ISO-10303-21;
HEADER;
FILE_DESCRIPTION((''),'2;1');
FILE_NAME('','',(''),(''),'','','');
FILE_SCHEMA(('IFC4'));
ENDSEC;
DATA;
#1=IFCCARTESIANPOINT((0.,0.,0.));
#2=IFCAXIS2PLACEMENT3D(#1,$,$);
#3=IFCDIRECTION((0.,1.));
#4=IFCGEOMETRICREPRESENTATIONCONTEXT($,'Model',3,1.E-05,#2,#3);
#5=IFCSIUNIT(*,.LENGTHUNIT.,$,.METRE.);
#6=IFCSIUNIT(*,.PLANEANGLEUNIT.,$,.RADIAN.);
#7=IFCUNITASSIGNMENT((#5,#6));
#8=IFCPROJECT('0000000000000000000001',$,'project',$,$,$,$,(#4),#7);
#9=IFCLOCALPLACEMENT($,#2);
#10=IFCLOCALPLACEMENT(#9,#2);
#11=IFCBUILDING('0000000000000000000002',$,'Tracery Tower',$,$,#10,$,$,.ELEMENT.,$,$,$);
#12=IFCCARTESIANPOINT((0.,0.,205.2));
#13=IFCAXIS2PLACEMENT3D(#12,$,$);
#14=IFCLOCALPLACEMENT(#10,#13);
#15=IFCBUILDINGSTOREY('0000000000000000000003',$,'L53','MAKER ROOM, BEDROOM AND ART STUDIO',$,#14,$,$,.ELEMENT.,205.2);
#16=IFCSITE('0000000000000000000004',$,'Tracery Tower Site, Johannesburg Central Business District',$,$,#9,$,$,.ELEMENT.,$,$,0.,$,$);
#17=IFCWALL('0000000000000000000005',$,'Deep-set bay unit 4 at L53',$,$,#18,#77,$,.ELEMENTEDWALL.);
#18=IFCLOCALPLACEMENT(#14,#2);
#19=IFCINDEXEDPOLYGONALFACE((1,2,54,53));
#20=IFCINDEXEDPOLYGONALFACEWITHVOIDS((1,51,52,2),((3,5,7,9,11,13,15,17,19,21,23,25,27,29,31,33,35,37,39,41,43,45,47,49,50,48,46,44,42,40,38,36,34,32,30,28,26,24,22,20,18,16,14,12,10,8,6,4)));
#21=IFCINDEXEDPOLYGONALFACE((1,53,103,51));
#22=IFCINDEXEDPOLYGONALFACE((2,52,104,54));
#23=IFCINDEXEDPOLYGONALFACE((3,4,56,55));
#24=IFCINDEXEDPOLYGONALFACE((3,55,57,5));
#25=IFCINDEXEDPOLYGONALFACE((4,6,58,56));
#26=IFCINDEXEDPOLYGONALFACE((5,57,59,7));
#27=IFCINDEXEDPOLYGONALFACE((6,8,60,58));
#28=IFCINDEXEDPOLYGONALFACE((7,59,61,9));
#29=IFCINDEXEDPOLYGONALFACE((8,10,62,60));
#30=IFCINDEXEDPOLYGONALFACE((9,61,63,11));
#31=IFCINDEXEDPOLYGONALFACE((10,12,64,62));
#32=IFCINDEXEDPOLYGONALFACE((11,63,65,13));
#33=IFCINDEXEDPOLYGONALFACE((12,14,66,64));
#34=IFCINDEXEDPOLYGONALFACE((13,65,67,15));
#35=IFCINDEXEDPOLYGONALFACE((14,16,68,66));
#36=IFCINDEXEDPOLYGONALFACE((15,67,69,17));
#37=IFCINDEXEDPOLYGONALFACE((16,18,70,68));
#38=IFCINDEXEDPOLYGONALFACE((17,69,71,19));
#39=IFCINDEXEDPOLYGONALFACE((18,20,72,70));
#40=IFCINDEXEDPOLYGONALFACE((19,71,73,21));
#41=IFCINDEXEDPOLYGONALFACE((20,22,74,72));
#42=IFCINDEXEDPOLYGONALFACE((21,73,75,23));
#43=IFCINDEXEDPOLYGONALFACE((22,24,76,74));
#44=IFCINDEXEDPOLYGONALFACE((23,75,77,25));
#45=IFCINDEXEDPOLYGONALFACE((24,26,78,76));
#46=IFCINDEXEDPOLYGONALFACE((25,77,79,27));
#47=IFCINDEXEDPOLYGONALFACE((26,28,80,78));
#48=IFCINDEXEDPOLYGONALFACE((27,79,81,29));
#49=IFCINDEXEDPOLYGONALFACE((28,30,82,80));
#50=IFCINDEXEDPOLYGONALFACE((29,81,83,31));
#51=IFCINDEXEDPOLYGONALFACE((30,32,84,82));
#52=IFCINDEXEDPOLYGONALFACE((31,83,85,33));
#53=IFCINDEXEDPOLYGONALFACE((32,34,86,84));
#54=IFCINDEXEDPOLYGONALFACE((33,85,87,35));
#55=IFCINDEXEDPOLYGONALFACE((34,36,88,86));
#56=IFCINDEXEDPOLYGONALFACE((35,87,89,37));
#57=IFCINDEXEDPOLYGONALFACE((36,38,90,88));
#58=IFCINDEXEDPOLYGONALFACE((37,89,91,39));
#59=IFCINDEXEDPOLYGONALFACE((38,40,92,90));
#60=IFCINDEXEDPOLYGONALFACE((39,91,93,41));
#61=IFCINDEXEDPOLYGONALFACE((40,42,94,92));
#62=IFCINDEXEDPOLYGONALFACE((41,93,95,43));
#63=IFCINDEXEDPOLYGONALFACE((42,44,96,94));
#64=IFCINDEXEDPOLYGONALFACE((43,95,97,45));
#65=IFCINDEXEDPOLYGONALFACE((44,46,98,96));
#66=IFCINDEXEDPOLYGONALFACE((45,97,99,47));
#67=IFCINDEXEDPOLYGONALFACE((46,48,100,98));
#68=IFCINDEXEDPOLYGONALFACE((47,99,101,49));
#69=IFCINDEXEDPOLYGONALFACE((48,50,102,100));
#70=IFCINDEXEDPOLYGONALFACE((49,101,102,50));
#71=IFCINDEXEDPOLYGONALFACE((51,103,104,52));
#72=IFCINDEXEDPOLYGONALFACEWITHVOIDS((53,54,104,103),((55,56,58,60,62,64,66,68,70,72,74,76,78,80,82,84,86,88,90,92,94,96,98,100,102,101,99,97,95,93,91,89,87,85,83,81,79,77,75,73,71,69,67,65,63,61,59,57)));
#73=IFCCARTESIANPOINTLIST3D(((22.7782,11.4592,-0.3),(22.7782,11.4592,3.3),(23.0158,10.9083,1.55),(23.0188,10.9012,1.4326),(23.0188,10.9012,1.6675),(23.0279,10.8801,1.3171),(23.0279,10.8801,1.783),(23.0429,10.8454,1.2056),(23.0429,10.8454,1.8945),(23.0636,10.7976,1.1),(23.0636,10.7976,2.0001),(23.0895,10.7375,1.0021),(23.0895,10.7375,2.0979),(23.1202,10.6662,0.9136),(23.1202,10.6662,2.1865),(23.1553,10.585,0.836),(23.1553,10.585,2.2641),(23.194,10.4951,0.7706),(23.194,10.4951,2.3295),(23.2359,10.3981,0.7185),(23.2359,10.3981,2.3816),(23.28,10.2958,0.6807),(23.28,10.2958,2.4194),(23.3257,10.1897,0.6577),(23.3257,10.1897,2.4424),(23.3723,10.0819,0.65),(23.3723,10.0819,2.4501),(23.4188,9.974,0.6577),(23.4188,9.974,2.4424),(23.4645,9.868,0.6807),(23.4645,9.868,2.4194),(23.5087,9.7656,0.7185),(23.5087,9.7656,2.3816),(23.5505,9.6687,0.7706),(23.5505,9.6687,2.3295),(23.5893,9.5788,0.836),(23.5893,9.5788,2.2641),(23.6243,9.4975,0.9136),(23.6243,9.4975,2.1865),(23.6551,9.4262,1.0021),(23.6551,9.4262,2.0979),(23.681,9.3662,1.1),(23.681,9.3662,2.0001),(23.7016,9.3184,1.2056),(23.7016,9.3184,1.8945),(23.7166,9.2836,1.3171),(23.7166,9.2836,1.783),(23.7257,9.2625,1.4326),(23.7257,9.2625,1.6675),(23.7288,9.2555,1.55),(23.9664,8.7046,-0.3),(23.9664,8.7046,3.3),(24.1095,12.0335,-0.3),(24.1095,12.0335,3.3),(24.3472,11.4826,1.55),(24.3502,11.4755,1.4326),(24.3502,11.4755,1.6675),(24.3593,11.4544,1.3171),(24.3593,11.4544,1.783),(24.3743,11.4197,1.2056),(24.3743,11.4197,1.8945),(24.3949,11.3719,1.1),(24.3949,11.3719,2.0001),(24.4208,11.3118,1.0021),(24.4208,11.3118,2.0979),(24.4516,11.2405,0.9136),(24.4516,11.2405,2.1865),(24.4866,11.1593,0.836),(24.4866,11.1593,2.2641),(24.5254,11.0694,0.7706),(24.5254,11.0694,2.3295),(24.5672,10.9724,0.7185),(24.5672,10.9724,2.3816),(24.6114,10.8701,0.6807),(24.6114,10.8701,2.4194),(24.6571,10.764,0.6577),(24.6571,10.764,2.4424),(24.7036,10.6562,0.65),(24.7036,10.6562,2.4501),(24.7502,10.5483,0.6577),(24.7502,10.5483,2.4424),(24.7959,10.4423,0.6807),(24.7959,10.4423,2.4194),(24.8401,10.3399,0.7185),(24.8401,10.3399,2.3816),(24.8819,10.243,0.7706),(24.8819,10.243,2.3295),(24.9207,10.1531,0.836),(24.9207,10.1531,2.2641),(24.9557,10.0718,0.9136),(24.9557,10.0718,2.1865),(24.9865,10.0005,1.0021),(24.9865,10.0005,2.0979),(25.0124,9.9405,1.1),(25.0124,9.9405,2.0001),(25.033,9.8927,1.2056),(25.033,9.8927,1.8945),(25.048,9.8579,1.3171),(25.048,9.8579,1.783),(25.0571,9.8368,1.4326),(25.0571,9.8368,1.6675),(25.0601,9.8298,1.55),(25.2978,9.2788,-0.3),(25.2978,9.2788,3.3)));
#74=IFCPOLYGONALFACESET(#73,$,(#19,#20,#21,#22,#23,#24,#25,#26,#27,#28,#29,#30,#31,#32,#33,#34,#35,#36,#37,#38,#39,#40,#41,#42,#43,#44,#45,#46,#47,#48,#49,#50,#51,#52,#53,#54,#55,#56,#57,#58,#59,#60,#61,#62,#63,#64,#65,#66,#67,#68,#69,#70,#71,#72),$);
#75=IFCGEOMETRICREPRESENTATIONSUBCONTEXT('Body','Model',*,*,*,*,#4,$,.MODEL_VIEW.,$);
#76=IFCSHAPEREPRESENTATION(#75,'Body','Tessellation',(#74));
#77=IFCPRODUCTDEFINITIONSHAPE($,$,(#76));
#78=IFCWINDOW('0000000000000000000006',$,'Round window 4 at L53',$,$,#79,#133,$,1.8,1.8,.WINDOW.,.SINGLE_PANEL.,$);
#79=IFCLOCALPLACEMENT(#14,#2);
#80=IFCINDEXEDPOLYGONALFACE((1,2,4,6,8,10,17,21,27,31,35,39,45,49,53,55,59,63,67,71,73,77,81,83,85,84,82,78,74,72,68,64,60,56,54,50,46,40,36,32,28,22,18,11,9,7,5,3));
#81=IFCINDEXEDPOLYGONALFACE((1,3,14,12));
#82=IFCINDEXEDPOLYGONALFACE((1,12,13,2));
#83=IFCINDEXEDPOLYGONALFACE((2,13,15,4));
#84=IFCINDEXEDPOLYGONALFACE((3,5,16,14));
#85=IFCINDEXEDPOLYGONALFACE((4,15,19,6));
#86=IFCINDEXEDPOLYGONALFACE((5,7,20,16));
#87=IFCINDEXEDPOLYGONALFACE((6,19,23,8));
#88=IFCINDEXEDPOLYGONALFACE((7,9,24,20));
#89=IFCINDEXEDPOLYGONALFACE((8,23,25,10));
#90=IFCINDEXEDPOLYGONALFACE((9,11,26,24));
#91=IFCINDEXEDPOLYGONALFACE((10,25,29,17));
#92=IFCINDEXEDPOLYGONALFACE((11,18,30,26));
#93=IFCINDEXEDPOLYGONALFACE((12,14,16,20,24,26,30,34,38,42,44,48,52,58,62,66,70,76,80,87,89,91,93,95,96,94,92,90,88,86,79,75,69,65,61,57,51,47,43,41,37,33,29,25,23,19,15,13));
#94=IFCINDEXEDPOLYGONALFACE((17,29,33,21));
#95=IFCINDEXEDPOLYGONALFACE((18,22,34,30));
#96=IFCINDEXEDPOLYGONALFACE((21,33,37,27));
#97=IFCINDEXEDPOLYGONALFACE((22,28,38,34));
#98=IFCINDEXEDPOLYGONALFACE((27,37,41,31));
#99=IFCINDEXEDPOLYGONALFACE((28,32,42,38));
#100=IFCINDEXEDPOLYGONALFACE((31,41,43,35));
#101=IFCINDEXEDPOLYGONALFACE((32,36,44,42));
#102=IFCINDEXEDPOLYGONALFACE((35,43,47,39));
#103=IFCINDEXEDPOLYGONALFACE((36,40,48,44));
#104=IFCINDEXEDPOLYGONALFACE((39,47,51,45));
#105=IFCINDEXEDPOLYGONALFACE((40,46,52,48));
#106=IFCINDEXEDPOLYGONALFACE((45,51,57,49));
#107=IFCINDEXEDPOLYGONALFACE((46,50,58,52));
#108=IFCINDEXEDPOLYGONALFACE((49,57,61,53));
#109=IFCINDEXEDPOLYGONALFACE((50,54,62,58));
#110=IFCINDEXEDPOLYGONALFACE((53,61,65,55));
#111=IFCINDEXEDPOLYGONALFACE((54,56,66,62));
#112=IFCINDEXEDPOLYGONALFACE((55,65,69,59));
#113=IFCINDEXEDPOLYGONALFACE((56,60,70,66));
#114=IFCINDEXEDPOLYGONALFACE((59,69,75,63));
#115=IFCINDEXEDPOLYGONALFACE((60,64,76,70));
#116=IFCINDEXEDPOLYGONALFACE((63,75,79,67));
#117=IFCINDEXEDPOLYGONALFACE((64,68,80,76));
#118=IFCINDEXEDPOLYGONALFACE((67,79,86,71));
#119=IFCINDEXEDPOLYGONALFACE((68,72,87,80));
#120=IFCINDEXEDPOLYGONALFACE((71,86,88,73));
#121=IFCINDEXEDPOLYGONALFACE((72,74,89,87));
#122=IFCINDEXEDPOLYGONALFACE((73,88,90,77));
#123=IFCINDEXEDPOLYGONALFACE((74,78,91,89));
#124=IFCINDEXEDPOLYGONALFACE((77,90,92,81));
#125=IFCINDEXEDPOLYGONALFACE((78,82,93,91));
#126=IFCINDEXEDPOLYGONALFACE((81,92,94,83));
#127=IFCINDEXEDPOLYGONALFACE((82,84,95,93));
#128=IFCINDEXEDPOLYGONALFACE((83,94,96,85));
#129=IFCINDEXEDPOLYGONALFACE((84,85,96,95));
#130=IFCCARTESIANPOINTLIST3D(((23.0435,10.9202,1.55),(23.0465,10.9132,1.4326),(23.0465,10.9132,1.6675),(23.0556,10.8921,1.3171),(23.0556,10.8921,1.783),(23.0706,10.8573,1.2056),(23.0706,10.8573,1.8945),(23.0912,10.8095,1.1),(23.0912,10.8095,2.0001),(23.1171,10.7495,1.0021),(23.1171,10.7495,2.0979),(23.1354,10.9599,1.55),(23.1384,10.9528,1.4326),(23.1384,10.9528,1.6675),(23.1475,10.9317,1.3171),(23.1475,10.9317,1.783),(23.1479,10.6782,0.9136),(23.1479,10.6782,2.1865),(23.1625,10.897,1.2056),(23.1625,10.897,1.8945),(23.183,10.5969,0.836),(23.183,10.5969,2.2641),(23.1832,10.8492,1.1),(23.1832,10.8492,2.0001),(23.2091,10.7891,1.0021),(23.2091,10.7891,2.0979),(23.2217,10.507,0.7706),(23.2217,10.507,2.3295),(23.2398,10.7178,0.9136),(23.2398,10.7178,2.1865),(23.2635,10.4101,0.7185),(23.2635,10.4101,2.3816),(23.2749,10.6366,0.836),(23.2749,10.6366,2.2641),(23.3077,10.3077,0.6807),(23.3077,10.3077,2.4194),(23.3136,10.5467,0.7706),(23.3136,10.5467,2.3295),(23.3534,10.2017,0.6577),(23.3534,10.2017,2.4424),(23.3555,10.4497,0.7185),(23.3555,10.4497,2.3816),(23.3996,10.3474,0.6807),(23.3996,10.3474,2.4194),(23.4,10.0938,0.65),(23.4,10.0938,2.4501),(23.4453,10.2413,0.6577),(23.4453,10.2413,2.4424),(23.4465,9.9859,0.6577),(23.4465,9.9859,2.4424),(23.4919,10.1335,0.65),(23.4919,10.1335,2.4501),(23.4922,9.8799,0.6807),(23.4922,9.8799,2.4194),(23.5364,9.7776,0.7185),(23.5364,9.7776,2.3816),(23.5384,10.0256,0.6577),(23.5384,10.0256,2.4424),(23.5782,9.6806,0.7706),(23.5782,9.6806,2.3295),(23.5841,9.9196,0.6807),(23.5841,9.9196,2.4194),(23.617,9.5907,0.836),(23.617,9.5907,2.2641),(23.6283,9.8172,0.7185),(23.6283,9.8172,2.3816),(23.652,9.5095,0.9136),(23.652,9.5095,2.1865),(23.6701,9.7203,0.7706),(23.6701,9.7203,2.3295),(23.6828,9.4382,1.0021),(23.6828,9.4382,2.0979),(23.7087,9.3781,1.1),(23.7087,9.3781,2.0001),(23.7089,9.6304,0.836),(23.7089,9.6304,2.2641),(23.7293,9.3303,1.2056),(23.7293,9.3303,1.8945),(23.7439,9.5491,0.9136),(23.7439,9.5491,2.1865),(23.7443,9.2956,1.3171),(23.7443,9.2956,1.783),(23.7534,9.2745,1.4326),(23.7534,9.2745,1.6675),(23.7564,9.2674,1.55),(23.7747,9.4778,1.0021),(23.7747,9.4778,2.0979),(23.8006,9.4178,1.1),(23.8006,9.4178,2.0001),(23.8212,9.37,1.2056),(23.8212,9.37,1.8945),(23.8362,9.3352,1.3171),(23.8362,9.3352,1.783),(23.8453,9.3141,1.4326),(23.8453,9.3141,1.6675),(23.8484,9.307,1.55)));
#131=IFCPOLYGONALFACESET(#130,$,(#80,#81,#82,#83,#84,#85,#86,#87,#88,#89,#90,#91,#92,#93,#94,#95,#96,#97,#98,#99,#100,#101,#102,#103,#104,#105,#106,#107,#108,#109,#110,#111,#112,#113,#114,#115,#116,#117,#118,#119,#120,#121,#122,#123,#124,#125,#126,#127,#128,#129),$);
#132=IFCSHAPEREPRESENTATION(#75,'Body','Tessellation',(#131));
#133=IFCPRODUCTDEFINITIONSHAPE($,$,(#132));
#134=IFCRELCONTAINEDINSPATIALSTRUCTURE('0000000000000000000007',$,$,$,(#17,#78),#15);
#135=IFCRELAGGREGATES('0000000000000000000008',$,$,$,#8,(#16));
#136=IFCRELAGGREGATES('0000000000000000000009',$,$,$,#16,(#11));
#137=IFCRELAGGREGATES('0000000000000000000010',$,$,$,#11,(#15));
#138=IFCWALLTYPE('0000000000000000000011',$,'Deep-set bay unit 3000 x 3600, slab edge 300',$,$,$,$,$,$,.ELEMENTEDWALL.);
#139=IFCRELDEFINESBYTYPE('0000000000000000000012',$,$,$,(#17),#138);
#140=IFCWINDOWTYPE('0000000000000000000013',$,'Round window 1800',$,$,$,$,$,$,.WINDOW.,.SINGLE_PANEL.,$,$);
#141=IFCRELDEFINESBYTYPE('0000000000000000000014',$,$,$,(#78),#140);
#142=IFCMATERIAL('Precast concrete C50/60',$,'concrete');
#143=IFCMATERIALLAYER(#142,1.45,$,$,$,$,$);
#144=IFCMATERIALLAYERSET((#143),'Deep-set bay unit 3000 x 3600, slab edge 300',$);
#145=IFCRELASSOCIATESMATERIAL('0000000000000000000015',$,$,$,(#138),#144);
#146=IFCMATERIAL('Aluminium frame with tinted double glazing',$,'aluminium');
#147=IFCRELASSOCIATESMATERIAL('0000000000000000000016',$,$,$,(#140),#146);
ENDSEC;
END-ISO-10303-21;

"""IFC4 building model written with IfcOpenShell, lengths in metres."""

from ifc_helpers import new_model, si_unit, direction, frame, frame_2d, origin, origin_2d, place, context, subcontext, project, spatial, rectangle, circle, extrude, material, layer, layer_set, type_object, element, fill, save


model = new_model("IFC4")

# Units and contexts
model_context = context("Model", 3, precision=1e-05, world=origin(), true_north=direction((0.0, 1.0)))
body_context = subcontext(model_context, "Body", "Model", "MODEL_VIEW")
ifc_project = project(units=[si_unit("LENGTHUNIT", "METRE"), si_unit("PLANEANGLEUNIT", "RADIAN")], contexts=[model_context])

# Site, building, storey
site_placement = place(None, origin())
site = spatial("IfcSite", under=ifc_project, at=site_placement, Name="Tracery Tower Site, Johannesburg Central Business District", CompositionType="ELEMENT", RefElevation=0.0)
building_placement = place(site_placement, origin())
building = spatial("IfcBuilding", under=site, at=building_placement, Name="Tracery Tower", CompositionType="ELEMENT")
storey_placement = place(building_placement, frame((0.0, 0.0, 205.2)))
storey = spatial("IfcBuildingStorey", under=building, at=storey_placement, Name="L53", Description="MAKER ROOM, BEDROOM AND ART STUDIO", CompositionType="ELEMENT", Elevation=205.2)

# Wall, opening, window
ifc_material_1 = material(Name="Precast concrete C50/60", Category="concrete")
ifc_layer_1 = layer(ifc_material_1, 1.45)
ifc_layer_set_1 = layer_set([ifc_layer_1], Name="Deep-set bay unit 3000 x 3600, slab edge 300")
wall_type_1 = type_object("IfcWallType", Name="Deep-set bay unit 3000 x 3600, slab edge 300", PredefinedType="ELEMENTEDWALL", material=ifc_layer_set_1)
ifc_material_2 = material(Name="Aluminium frame with tinted double glazing", Category="aluminium")
window_type = type_object("IfcWindowType", Name="Round window 1800", PartitioningType="SINGLE_PANEL", PredefinedType="WINDOW", material=ifc_material_2)
wall_1_placement = place(storey_placement, frame((24.6321, 8.9917, -0.3), z_axis=(0.0, 0.0, 1.0), x_axis=(-0.396079, 0.918216, 0.0)))
wall_1 = element("IfcWall", 1, at=wall_1_placement, inside=storey, type_object=wall_type_1, Name="Deep-set bay unit 4 at L53", PredefinedType="ELEMENTEDWALL", context=body_context, shape_type="SweptSolid", body=[
    extrude(rectangle(XDim=3.0, YDim=1.45, at=frame_2d((1.5, 0.0))), origin(), (0.0, 0.0, 1.0), 3.6001),
])
opening_1_placement = place(wall_1_placement, frame((1.5, 0.0, 1.8501)))
opening_1 = element("IfcOpeningElement", 2, at=opening_1_placement, cuts=wall_1, PredefinedType="OPENING", context=body_context, shape_type="SweptSolid", body=[
    extrude(circle(Radius=0.9, at=origin_2d()), frame((0.0, 0.7349, 0.0), z_axis=(0.0, -1.0, 0.0), x_axis=(1.0, 0.0, 0.0)), (0.0, 0.0, 1.0), 1.47),
])
window_1_placement = place(opening_1_placement, origin())
window_1 = element("IfcWindow", 3, at=window_1_placement, inside=storey, type_object=window_type, Name="Round window 4 at L53", OverallHeight=1.8, OverallWidth=1.8, PartitioningType="SINGLE_PANEL", PredefinedType="WINDOW", context=body_context, shape_type="SweptSolid", body=[
    extrude(circle(Radius=0.9, at=origin_2d()), frame((0.0, 0.6948, 0.0), z_axis=(0.0, -1.0, 0.0), x_axis=(1.0, 0.0, 0.0)), (0.0, 0.0, 1.0), 0.1001),
])
fill(opening_1, window_1)

save(model, "model.ifc")
